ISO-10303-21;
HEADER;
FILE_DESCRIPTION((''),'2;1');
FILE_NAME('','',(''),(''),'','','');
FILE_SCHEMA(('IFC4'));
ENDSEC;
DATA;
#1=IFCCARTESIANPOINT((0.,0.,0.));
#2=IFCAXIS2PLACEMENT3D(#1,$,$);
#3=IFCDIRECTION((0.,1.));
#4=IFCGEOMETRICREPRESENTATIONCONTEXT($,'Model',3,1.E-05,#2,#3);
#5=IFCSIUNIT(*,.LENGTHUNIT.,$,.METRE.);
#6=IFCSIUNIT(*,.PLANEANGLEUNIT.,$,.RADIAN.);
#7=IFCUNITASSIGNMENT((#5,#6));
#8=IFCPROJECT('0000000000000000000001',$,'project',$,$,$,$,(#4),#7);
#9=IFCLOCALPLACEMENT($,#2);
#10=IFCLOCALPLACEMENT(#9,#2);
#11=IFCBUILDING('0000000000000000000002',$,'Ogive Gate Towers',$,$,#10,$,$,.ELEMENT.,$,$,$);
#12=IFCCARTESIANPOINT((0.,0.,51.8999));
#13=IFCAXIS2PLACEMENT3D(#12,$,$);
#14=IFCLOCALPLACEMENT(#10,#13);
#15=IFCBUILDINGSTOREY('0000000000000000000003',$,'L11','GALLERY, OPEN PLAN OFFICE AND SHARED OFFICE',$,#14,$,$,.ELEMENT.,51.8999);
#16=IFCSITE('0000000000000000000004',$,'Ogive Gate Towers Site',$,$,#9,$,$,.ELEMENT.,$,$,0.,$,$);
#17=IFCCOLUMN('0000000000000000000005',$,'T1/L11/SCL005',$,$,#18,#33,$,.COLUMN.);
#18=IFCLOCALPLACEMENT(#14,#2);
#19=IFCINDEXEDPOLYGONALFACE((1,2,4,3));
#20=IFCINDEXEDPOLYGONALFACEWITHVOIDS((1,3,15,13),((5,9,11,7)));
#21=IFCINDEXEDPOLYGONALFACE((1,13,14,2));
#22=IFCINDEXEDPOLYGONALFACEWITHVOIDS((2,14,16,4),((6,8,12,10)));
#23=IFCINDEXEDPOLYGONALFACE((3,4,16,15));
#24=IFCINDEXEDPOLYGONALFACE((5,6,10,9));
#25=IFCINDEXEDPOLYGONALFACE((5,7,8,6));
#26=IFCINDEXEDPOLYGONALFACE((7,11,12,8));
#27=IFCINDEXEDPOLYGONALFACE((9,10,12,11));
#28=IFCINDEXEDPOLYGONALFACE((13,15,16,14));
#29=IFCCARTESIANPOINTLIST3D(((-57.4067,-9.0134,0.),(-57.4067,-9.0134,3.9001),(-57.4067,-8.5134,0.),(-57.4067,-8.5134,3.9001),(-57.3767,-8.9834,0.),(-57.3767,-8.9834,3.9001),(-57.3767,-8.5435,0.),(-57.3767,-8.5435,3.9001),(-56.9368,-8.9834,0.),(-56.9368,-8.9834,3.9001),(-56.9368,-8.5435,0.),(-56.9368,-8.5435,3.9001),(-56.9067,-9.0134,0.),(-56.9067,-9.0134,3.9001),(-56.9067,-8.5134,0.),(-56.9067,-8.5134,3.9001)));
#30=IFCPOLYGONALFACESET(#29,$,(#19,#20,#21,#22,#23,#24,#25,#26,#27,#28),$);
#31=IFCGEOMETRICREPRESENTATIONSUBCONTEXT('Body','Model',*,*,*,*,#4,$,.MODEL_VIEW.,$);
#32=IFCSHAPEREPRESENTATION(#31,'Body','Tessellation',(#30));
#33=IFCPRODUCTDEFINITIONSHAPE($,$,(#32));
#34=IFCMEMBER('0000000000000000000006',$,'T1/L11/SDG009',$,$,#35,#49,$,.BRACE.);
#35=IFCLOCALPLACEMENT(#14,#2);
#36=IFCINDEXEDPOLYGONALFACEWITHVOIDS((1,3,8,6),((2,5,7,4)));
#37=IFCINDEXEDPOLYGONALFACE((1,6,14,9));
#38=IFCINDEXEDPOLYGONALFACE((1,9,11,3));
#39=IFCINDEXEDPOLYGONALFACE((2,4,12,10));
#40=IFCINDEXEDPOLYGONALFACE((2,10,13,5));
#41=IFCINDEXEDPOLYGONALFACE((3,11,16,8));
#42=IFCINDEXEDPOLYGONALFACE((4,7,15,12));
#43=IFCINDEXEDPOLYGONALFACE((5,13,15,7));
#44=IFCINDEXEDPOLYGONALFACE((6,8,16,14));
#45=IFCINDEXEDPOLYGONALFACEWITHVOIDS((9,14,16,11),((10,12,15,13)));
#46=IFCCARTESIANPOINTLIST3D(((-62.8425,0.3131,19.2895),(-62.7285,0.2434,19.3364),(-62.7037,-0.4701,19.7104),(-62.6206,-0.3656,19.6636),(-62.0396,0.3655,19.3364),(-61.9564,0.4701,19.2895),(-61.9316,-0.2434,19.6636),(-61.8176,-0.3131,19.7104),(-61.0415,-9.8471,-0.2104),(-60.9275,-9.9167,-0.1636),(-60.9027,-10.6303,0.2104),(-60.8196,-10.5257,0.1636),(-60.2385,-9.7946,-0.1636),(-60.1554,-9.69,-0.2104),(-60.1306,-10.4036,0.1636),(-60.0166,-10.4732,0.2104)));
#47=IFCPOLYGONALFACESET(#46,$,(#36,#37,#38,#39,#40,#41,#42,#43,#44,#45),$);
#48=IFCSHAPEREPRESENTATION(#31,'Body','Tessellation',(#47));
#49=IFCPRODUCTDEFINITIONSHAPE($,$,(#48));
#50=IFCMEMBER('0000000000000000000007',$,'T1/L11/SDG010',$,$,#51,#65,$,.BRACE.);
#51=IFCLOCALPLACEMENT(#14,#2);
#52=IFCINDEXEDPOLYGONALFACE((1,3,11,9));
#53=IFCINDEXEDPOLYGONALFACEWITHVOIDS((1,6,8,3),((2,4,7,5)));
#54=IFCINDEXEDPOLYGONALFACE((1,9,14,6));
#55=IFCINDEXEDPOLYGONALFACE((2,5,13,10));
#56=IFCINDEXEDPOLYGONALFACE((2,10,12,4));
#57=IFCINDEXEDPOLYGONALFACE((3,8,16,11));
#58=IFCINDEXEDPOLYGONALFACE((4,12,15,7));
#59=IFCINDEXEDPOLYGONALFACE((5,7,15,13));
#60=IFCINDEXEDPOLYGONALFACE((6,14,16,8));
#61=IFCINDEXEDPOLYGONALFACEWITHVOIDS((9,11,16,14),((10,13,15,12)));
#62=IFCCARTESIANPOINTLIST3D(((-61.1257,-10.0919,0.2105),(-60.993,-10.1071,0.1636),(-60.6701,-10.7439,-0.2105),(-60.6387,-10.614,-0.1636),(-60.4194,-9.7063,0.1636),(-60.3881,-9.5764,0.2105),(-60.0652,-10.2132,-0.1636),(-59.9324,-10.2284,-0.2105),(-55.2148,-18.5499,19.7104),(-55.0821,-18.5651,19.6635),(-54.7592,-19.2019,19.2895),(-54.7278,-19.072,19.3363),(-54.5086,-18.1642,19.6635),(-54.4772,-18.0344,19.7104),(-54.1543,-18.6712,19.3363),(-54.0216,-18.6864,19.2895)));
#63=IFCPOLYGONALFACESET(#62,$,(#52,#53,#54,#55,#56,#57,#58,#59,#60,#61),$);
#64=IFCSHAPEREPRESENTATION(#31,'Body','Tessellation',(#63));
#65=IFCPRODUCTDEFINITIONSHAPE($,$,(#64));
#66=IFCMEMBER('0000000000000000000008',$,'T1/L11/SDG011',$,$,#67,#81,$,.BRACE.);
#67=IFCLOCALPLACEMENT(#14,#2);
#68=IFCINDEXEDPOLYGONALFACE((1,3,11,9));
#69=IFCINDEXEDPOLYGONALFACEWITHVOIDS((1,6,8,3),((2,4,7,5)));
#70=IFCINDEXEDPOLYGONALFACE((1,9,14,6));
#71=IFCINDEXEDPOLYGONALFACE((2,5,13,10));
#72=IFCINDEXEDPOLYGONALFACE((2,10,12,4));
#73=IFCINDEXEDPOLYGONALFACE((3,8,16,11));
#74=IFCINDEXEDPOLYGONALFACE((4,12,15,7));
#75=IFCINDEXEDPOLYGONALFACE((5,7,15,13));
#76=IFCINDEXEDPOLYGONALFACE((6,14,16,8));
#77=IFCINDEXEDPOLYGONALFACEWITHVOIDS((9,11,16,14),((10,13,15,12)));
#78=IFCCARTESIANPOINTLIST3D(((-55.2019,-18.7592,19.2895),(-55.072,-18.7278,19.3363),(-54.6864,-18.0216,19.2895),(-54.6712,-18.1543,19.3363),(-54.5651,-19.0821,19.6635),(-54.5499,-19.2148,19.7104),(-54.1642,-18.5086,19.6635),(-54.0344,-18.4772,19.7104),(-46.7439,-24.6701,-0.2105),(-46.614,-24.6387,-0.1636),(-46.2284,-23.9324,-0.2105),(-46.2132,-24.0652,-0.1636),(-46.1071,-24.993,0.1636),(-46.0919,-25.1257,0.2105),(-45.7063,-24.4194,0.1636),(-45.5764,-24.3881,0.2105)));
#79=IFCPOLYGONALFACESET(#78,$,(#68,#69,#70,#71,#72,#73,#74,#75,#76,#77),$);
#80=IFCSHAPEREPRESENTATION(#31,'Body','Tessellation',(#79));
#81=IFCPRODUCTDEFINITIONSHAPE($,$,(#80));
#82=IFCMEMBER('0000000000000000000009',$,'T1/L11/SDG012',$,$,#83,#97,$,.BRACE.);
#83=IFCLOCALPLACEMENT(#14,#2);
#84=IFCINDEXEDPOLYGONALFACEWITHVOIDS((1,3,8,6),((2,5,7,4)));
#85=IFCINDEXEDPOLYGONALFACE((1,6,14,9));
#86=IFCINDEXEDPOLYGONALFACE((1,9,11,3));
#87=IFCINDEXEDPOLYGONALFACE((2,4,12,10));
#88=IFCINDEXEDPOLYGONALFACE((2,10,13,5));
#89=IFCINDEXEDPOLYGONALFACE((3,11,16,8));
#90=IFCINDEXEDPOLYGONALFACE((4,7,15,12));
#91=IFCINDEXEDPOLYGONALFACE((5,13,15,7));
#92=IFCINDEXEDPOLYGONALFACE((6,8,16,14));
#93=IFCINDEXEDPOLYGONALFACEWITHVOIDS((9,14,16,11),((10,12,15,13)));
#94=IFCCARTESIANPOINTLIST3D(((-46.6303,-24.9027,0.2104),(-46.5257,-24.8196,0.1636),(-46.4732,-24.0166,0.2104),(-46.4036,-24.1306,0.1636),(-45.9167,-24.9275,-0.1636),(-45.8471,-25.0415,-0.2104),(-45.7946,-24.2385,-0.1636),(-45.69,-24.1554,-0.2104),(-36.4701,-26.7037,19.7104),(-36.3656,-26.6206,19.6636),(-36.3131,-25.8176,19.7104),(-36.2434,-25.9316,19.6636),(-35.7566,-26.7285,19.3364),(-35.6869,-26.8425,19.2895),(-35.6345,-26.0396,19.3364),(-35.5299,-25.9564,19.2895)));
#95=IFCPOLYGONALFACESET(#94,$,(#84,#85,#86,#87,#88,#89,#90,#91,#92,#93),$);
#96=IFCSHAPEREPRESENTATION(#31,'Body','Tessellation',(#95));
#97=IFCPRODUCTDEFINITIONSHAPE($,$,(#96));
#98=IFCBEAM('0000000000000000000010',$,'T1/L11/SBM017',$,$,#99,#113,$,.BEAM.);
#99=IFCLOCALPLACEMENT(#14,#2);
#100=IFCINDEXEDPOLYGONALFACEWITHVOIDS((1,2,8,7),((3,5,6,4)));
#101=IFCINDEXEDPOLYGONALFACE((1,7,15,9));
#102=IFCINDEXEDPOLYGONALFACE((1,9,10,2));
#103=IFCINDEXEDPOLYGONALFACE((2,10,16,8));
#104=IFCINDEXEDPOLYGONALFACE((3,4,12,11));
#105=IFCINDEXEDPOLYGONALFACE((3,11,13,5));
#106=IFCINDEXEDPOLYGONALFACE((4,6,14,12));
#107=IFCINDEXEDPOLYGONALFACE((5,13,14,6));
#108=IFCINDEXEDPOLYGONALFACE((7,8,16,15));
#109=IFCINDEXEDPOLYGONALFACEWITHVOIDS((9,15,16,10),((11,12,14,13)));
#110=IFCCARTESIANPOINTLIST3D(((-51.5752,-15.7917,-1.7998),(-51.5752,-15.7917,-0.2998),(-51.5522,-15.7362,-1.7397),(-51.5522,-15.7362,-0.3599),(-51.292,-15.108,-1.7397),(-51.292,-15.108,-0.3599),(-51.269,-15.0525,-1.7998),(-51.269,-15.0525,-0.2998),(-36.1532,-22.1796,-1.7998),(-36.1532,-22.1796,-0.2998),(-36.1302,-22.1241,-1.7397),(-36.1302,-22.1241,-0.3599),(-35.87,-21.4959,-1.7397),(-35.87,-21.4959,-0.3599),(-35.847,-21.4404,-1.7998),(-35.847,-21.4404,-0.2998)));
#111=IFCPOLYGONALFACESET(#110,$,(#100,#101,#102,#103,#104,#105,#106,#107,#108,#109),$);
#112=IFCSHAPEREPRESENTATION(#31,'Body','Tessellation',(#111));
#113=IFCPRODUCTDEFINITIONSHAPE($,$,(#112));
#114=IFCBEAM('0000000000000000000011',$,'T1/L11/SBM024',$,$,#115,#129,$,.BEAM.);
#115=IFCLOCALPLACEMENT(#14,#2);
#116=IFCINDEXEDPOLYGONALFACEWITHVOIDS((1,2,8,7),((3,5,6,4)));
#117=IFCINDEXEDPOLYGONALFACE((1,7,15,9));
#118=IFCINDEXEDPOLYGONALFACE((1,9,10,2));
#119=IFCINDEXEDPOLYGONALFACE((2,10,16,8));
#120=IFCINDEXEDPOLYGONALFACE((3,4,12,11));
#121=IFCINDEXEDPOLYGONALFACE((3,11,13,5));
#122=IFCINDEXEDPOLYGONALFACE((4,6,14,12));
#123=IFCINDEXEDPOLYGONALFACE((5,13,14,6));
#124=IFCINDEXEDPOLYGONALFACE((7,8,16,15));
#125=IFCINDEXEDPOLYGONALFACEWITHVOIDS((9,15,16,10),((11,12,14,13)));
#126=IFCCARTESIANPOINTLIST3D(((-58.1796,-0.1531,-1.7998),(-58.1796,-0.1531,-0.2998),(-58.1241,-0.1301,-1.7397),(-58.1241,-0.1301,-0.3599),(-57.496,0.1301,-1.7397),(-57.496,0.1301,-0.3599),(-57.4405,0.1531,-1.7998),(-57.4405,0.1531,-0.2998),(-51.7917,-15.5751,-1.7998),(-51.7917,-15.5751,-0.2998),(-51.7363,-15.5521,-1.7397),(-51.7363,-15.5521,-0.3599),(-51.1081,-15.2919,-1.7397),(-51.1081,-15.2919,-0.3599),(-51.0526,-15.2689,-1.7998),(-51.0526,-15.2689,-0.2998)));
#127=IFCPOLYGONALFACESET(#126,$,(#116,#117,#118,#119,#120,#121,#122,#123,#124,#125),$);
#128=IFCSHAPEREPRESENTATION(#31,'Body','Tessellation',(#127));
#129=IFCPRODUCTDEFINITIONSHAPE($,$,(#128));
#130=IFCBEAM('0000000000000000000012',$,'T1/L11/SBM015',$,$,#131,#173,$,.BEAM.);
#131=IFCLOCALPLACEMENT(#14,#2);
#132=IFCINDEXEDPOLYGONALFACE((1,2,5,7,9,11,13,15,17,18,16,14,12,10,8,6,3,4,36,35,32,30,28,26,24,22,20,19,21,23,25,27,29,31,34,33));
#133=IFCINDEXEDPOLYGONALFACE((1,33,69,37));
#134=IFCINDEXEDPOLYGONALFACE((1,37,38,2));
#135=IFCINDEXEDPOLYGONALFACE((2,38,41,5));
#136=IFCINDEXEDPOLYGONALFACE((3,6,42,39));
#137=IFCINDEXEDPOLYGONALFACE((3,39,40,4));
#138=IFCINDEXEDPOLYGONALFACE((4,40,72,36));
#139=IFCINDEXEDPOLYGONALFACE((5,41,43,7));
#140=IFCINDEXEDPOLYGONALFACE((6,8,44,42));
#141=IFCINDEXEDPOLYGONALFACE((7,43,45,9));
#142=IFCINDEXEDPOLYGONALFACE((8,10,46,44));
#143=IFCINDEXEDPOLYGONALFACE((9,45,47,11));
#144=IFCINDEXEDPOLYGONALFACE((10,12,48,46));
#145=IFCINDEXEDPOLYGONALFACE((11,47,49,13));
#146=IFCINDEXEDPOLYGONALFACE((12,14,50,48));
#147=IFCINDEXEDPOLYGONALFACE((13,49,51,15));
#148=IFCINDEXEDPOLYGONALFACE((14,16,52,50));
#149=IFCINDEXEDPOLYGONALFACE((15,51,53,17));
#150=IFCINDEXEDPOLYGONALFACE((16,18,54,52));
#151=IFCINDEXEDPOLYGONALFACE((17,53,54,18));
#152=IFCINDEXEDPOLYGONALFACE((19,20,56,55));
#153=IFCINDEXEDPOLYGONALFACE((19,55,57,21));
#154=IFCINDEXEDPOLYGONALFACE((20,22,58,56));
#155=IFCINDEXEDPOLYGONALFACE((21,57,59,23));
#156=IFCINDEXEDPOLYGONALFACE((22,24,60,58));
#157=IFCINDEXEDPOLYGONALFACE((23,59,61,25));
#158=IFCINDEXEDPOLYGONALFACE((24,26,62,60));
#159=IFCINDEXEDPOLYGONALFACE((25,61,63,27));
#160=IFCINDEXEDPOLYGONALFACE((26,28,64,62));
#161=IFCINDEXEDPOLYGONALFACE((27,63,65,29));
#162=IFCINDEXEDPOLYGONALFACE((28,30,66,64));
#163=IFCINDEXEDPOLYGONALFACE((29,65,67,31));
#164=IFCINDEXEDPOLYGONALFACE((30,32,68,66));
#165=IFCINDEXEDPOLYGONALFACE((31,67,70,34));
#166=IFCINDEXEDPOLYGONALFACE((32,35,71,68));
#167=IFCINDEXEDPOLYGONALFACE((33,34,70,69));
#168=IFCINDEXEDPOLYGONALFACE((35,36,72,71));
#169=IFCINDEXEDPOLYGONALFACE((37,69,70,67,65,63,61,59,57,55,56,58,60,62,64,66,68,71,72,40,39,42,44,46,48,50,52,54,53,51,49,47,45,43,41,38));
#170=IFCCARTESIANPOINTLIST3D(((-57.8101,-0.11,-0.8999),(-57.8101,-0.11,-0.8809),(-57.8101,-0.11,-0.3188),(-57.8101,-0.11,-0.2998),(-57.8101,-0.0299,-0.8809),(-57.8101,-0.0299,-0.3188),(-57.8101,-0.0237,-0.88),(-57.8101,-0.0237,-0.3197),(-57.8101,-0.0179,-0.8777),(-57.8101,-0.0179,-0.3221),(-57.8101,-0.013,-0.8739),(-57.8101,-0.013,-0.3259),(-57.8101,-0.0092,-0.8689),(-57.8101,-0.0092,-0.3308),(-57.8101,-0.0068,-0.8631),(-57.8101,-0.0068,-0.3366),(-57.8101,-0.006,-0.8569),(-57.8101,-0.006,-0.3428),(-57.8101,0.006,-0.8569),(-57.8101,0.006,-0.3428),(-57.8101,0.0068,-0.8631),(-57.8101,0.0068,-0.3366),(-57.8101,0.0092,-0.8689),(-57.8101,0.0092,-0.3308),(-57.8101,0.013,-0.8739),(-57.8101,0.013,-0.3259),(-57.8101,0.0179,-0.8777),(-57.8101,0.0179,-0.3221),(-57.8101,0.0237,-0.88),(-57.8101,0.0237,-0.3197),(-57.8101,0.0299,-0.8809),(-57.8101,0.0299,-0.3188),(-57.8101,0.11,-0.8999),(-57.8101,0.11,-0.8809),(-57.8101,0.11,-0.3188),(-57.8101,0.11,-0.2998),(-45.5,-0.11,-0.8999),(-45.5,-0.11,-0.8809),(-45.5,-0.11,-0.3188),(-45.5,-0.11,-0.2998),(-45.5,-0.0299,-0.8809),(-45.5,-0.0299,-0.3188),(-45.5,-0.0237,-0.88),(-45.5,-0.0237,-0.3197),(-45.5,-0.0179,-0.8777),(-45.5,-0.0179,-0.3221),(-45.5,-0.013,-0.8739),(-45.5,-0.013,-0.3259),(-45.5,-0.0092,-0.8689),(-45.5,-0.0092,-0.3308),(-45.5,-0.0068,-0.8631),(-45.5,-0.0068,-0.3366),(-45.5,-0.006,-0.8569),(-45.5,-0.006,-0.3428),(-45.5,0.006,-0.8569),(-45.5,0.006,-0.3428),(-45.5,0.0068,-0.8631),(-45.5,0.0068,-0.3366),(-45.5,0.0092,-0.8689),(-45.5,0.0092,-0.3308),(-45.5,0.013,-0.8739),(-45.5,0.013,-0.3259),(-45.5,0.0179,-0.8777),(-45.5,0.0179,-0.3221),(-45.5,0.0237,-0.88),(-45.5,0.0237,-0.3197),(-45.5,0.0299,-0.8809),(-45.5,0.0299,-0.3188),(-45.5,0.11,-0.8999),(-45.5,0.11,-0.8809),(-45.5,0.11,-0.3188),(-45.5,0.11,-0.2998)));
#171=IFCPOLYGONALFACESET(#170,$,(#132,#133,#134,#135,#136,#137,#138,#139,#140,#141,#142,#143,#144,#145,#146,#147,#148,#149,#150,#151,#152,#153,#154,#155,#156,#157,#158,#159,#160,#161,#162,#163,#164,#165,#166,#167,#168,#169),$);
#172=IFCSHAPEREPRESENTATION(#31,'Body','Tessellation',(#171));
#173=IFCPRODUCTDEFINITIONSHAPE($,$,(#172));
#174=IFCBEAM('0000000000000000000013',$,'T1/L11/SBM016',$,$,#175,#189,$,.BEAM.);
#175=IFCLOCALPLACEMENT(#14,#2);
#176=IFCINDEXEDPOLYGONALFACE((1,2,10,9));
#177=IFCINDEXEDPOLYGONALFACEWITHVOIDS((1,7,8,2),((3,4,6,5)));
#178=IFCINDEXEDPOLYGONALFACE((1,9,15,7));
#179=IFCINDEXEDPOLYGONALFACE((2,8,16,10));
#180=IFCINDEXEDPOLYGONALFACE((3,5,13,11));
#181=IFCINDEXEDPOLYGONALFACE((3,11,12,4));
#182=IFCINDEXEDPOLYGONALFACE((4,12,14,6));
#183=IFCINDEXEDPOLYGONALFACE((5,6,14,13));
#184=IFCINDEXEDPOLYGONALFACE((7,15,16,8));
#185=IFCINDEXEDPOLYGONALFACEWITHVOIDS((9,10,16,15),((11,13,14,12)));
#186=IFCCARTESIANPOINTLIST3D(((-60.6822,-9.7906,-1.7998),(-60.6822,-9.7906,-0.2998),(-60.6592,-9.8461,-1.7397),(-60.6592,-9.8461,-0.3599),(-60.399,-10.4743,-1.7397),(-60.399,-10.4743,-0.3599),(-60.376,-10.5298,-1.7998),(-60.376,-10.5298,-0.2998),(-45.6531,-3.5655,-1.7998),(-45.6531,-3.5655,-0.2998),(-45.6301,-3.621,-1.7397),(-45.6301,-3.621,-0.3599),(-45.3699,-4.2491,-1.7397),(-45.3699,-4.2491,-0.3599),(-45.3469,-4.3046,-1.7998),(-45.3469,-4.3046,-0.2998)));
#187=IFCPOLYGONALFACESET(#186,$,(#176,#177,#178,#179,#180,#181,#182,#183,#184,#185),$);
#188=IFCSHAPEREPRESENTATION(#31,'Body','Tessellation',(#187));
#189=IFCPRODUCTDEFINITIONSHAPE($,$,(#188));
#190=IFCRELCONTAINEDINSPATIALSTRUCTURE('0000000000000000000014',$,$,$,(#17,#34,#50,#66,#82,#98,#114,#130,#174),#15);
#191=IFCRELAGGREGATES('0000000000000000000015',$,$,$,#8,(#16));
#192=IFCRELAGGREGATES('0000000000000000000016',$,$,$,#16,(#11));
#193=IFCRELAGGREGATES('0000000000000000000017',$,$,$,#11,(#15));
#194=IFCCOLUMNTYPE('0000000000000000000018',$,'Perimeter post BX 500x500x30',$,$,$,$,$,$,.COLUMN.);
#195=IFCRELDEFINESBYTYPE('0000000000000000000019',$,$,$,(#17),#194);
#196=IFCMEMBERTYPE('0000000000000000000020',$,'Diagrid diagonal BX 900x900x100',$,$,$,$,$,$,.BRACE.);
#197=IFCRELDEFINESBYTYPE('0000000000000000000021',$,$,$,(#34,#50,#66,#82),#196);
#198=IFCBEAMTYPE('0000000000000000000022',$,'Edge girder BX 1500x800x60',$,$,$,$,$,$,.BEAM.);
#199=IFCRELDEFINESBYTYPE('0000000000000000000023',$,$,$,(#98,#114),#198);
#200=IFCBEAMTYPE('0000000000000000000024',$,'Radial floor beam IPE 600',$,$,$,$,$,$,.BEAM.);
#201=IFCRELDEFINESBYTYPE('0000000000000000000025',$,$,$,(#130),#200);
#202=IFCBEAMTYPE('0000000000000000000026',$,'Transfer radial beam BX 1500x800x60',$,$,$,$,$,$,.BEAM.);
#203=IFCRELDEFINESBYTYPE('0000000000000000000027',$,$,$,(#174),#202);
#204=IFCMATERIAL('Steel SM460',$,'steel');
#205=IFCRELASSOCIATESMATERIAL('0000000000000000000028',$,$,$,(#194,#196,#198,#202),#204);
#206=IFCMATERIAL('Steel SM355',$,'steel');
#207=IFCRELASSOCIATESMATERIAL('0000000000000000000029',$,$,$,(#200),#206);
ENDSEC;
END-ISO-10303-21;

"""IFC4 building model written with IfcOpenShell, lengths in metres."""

from ifc_helpers import new_model, si_unit, direction, frame, origin, origin_2d, place, context, subcontext, project, spatial, hollow_rectangle, i_section, extrude, material, material_profile, profile_set, type_object, element, save


model = new_model("IFC4")

# Units and contexts
model_context = context("Model", 3, precision=1e-05, world=origin(), true_north=direction((0.0, 1.0)))
body_context = subcontext(model_context, "Body", "Model", "MODEL_VIEW")
ifc_project = project(units=[si_unit("LENGTHUNIT", "METRE"), si_unit("PLANEANGLEUNIT", "RADIAN")], contexts=[model_context])

# Site, building, storey
site_placement = place(None, origin())
site = spatial("IfcSite", under=ifc_project, at=site_placement, Name="Ogive Gate Towers Site", CompositionType="ELEMENT", RefElevation=0.0)
building_placement = place(site_placement, origin())
building = spatial("IfcBuilding", under=site, at=building_placement, Name="Ogive Gate Towers", CompositionType="ELEMENT")
storey_placement = place(building_placement, frame((0.0, 0.0, 51.8999)))
storey = spatial("IfcBuildingStorey", under=building, at=storey_placement, Name="L11", Description="GALLERY, OPEN PLAN OFFICE AND SHARED OFFICE", CompositionType="ELEMENT", Elevation=51.8999)

# Column
ifc_material_1 = material(Name="Steel SM460", Category="steel")
ifc_material_profile_1 = material_profile(ifc_material_1, hollow_rectangle(XDim=0.5, YDim=0.5, WallThickness=0.03, at=origin_2d()), Name="BX 500x500x30")
ifc_profile_set_1 = profile_set([ifc_material_profile_1], Name="Steel SM460")
column_type = type_object("IfcColumnType", Name="Perimeter post BX 500x500x30", PredefinedType="COLUMN", material=ifc_profile_set_1)
column_placement = place(storey_placement, frame((-57.1567, -8.7634, 0.0), z_axis=(0.0, 0.0, 1.0), x_axis=(1.0, 0.0, 0.0)))
element("IfcColumn", 1, at=column_placement, inside=storey, type_object=column_type, Name="T1/L11/SCL005", PredefinedType="COLUMN", context=body_context, shape_type="SweptSolid", body=[
    extrude(hollow_rectangle(XDim=0.5, YDim=0.5, WallThickness=0.03, at=origin_2d()), origin(), (0.0, 0.0, 1.0), 3.9001),
])

# Members
ifc_material_profile_2 = material_profile(ifc_material_1, hollow_rectangle(XDim=0.8999, YDim=0.8999, WallThickness=0.1001, at=origin_2d()), Name="BX 900x900x100")
ifc_profile_set_2 = profile_set([ifc_material_profile_2], Name="Steel SM460")
member_type = type_object("IfcMemberType", Name="Diagrid diagonal BX 900x900x100", PredefinedType="BRACE", material=ifc_profile_set_2)
for number, where, z_axis, x_axis, name in (
    (2, (-60.5291, -10.1602, 0.0), (-0.081636, 0.460532, 0.883881), (-0.98465, -0.174542, 0.0), "T1/L11/SDG009"),
    (3, (-60.5291, -10.1602, 0.0), (0.267923, -0.383377, 0.883878), (0.819674, 0.57283, 0.0), "T1/L11/SDG010"),
    (4, (-46.1602, -24.5291, 0.0), (-0.383377, 0.267923, 0.883878), (-0.57283, -0.819674, 0.0), "T1/L11/SDG011"),
    (5, (-46.1602, -24.5291, 0.0), (0.460532, -0.081636, 0.883881), (0.174542, 0.98465, 0.0), "T1/L11/SDG012"),
):
    element("IfcMember", number, at=place(storey_placement, frame(where, z_axis=z_axis, x_axis=x_axis)), inside=storey, type_object=member_type, Name=name, PredefinedType="BRACE", context=body_context, shape_type="SweptSolid", body=[
        extrude(hollow_rectangle(XDim=0.8999, YDim=0.8999, WallThickness=0.1001, at=origin_2d()), origin(), (0.0, 0.0, 1.0), 22.0618),
    ])

# Beams
ifc_material_profile_3 = material_profile(ifc_material_1, hollow_rectangle(XDim=0.8, YDim=1.5, WallThickness=0.0601, at=origin_2d()), Name="BX 1500x800x60")
ifc_profile_set_3 = profile_set([ifc_material_profile_3], Name="Steel SM460")
beam_type_1 = type_object("IfcBeamType", Name="Edge girder BX 1500x800x60", PredefinedType="BEAM", material=ifc_profile_set_3)
for number, where, z_axis, x_axis, name in (
    (6, (-51.4221, -15.4221, -1.0498), (0.923882, -0.382678, 0.0), (0.382678, 0.923882, 0.0), "T1/L11/SBM017"),
    (7, (-57.8101, 0.0, -1.0498), (0.382678, -0.923882, 0.0), (0.923882, 0.382678, 0.0), "T1/L11/SBM024"),
):
    element("IfcBeam", number, at=place(storey_placement, frame(where, z_axis=z_axis, x_axis=x_axis)), inside=storey, type_object=beam_type_1, Name=name, PredefinedType="BEAM", context=body_context, shape_type="SweptSolid", body=[
        extrude(hollow_rectangle(XDim=0.8, YDim=1.5, WallThickness=0.0601, at=origin_2d()), origin(), (0.0, 0.0, 1.0), 16.6926),
    ])
ifc_material_2 = material(Name="Steel SM355", Category="steel")
ifc_material_profile_4 = material_profile(ifc_material_2, i_section(OverallWidth=0.22, OverallDepth=0.6001, WebThickness=0.012, FlangeThickness=0.019, FilletRadius=0.0239, at=origin_2d()), Name="IPE 600")
ifc_profile_set_4 = profile_set([ifc_material_profile_4], Name="Steel SM355")
beam_type_2 = type_object("IfcBeamType", Name="Radial floor beam IPE 600", PredefinedType="BEAM", material=ifc_profile_set_4)
beam_1_placement = place(storey_placement, frame((-45.5, 0.0, -0.5999), z_axis=(-1.0, 0.0, 0.0), x_axis=(0.0, -1.0, 0.0)))
element("IfcBeam", 8, at=beam_1_placement, inside=storey, type_object=beam_type_2, Name="T1/L11/SBM015", PredefinedType="BEAM", context=body_context, shape_type="SweptSolid", body=[
    extrude(i_section(OverallWidth=0.22, OverallDepth=0.6001, WebThickness=0.012, FlangeThickness=0.019, FilletRadius=0.0239, at=origin_2d()), origin(), (0.0, 0.0, 1.0), 12.3101),
])
ifc_material_profile_5 = material_profile(ifc_material_1, hollow_rectangle(XDim=0.8, YDim=1.5, WallThickness=0.0601, at=origin_2d()), Name="BX 1500x800x60")
ifc_profile_set_5 = profile_set([ifc_material_profile_5], Name="Steel SM460")
beam_type_3 = type_object("IfcBeamType", Name="Transfer radial beam BX 1500x800x60", PredefinedType="BEAM", material=ifc_profile_set_5)
beam_2_placement = place(storey_placement, frame((-45.5, -3.9351, -1.0498), z_axis=(-0.923883, -0.382676, 0.0), x_axis=(0.382676, -0.923883, 0.0)))
element("IfcBeam", 9, at=beam_2_placement, inside=storey, type_object=beam_type_3, Name="T1/L11/SBM016", PredefinedType="BEAM", context=body_context, shape_type="SweptSolid", body=[
    extrude(hollow_rectangle(XDim=0.8, YDim=1.5, WallThickness=0.0601, at=origin_2d()), origin(), (0.0, 0.0, 1.0), 16.2673),
])

save(model, "model.ifc")
